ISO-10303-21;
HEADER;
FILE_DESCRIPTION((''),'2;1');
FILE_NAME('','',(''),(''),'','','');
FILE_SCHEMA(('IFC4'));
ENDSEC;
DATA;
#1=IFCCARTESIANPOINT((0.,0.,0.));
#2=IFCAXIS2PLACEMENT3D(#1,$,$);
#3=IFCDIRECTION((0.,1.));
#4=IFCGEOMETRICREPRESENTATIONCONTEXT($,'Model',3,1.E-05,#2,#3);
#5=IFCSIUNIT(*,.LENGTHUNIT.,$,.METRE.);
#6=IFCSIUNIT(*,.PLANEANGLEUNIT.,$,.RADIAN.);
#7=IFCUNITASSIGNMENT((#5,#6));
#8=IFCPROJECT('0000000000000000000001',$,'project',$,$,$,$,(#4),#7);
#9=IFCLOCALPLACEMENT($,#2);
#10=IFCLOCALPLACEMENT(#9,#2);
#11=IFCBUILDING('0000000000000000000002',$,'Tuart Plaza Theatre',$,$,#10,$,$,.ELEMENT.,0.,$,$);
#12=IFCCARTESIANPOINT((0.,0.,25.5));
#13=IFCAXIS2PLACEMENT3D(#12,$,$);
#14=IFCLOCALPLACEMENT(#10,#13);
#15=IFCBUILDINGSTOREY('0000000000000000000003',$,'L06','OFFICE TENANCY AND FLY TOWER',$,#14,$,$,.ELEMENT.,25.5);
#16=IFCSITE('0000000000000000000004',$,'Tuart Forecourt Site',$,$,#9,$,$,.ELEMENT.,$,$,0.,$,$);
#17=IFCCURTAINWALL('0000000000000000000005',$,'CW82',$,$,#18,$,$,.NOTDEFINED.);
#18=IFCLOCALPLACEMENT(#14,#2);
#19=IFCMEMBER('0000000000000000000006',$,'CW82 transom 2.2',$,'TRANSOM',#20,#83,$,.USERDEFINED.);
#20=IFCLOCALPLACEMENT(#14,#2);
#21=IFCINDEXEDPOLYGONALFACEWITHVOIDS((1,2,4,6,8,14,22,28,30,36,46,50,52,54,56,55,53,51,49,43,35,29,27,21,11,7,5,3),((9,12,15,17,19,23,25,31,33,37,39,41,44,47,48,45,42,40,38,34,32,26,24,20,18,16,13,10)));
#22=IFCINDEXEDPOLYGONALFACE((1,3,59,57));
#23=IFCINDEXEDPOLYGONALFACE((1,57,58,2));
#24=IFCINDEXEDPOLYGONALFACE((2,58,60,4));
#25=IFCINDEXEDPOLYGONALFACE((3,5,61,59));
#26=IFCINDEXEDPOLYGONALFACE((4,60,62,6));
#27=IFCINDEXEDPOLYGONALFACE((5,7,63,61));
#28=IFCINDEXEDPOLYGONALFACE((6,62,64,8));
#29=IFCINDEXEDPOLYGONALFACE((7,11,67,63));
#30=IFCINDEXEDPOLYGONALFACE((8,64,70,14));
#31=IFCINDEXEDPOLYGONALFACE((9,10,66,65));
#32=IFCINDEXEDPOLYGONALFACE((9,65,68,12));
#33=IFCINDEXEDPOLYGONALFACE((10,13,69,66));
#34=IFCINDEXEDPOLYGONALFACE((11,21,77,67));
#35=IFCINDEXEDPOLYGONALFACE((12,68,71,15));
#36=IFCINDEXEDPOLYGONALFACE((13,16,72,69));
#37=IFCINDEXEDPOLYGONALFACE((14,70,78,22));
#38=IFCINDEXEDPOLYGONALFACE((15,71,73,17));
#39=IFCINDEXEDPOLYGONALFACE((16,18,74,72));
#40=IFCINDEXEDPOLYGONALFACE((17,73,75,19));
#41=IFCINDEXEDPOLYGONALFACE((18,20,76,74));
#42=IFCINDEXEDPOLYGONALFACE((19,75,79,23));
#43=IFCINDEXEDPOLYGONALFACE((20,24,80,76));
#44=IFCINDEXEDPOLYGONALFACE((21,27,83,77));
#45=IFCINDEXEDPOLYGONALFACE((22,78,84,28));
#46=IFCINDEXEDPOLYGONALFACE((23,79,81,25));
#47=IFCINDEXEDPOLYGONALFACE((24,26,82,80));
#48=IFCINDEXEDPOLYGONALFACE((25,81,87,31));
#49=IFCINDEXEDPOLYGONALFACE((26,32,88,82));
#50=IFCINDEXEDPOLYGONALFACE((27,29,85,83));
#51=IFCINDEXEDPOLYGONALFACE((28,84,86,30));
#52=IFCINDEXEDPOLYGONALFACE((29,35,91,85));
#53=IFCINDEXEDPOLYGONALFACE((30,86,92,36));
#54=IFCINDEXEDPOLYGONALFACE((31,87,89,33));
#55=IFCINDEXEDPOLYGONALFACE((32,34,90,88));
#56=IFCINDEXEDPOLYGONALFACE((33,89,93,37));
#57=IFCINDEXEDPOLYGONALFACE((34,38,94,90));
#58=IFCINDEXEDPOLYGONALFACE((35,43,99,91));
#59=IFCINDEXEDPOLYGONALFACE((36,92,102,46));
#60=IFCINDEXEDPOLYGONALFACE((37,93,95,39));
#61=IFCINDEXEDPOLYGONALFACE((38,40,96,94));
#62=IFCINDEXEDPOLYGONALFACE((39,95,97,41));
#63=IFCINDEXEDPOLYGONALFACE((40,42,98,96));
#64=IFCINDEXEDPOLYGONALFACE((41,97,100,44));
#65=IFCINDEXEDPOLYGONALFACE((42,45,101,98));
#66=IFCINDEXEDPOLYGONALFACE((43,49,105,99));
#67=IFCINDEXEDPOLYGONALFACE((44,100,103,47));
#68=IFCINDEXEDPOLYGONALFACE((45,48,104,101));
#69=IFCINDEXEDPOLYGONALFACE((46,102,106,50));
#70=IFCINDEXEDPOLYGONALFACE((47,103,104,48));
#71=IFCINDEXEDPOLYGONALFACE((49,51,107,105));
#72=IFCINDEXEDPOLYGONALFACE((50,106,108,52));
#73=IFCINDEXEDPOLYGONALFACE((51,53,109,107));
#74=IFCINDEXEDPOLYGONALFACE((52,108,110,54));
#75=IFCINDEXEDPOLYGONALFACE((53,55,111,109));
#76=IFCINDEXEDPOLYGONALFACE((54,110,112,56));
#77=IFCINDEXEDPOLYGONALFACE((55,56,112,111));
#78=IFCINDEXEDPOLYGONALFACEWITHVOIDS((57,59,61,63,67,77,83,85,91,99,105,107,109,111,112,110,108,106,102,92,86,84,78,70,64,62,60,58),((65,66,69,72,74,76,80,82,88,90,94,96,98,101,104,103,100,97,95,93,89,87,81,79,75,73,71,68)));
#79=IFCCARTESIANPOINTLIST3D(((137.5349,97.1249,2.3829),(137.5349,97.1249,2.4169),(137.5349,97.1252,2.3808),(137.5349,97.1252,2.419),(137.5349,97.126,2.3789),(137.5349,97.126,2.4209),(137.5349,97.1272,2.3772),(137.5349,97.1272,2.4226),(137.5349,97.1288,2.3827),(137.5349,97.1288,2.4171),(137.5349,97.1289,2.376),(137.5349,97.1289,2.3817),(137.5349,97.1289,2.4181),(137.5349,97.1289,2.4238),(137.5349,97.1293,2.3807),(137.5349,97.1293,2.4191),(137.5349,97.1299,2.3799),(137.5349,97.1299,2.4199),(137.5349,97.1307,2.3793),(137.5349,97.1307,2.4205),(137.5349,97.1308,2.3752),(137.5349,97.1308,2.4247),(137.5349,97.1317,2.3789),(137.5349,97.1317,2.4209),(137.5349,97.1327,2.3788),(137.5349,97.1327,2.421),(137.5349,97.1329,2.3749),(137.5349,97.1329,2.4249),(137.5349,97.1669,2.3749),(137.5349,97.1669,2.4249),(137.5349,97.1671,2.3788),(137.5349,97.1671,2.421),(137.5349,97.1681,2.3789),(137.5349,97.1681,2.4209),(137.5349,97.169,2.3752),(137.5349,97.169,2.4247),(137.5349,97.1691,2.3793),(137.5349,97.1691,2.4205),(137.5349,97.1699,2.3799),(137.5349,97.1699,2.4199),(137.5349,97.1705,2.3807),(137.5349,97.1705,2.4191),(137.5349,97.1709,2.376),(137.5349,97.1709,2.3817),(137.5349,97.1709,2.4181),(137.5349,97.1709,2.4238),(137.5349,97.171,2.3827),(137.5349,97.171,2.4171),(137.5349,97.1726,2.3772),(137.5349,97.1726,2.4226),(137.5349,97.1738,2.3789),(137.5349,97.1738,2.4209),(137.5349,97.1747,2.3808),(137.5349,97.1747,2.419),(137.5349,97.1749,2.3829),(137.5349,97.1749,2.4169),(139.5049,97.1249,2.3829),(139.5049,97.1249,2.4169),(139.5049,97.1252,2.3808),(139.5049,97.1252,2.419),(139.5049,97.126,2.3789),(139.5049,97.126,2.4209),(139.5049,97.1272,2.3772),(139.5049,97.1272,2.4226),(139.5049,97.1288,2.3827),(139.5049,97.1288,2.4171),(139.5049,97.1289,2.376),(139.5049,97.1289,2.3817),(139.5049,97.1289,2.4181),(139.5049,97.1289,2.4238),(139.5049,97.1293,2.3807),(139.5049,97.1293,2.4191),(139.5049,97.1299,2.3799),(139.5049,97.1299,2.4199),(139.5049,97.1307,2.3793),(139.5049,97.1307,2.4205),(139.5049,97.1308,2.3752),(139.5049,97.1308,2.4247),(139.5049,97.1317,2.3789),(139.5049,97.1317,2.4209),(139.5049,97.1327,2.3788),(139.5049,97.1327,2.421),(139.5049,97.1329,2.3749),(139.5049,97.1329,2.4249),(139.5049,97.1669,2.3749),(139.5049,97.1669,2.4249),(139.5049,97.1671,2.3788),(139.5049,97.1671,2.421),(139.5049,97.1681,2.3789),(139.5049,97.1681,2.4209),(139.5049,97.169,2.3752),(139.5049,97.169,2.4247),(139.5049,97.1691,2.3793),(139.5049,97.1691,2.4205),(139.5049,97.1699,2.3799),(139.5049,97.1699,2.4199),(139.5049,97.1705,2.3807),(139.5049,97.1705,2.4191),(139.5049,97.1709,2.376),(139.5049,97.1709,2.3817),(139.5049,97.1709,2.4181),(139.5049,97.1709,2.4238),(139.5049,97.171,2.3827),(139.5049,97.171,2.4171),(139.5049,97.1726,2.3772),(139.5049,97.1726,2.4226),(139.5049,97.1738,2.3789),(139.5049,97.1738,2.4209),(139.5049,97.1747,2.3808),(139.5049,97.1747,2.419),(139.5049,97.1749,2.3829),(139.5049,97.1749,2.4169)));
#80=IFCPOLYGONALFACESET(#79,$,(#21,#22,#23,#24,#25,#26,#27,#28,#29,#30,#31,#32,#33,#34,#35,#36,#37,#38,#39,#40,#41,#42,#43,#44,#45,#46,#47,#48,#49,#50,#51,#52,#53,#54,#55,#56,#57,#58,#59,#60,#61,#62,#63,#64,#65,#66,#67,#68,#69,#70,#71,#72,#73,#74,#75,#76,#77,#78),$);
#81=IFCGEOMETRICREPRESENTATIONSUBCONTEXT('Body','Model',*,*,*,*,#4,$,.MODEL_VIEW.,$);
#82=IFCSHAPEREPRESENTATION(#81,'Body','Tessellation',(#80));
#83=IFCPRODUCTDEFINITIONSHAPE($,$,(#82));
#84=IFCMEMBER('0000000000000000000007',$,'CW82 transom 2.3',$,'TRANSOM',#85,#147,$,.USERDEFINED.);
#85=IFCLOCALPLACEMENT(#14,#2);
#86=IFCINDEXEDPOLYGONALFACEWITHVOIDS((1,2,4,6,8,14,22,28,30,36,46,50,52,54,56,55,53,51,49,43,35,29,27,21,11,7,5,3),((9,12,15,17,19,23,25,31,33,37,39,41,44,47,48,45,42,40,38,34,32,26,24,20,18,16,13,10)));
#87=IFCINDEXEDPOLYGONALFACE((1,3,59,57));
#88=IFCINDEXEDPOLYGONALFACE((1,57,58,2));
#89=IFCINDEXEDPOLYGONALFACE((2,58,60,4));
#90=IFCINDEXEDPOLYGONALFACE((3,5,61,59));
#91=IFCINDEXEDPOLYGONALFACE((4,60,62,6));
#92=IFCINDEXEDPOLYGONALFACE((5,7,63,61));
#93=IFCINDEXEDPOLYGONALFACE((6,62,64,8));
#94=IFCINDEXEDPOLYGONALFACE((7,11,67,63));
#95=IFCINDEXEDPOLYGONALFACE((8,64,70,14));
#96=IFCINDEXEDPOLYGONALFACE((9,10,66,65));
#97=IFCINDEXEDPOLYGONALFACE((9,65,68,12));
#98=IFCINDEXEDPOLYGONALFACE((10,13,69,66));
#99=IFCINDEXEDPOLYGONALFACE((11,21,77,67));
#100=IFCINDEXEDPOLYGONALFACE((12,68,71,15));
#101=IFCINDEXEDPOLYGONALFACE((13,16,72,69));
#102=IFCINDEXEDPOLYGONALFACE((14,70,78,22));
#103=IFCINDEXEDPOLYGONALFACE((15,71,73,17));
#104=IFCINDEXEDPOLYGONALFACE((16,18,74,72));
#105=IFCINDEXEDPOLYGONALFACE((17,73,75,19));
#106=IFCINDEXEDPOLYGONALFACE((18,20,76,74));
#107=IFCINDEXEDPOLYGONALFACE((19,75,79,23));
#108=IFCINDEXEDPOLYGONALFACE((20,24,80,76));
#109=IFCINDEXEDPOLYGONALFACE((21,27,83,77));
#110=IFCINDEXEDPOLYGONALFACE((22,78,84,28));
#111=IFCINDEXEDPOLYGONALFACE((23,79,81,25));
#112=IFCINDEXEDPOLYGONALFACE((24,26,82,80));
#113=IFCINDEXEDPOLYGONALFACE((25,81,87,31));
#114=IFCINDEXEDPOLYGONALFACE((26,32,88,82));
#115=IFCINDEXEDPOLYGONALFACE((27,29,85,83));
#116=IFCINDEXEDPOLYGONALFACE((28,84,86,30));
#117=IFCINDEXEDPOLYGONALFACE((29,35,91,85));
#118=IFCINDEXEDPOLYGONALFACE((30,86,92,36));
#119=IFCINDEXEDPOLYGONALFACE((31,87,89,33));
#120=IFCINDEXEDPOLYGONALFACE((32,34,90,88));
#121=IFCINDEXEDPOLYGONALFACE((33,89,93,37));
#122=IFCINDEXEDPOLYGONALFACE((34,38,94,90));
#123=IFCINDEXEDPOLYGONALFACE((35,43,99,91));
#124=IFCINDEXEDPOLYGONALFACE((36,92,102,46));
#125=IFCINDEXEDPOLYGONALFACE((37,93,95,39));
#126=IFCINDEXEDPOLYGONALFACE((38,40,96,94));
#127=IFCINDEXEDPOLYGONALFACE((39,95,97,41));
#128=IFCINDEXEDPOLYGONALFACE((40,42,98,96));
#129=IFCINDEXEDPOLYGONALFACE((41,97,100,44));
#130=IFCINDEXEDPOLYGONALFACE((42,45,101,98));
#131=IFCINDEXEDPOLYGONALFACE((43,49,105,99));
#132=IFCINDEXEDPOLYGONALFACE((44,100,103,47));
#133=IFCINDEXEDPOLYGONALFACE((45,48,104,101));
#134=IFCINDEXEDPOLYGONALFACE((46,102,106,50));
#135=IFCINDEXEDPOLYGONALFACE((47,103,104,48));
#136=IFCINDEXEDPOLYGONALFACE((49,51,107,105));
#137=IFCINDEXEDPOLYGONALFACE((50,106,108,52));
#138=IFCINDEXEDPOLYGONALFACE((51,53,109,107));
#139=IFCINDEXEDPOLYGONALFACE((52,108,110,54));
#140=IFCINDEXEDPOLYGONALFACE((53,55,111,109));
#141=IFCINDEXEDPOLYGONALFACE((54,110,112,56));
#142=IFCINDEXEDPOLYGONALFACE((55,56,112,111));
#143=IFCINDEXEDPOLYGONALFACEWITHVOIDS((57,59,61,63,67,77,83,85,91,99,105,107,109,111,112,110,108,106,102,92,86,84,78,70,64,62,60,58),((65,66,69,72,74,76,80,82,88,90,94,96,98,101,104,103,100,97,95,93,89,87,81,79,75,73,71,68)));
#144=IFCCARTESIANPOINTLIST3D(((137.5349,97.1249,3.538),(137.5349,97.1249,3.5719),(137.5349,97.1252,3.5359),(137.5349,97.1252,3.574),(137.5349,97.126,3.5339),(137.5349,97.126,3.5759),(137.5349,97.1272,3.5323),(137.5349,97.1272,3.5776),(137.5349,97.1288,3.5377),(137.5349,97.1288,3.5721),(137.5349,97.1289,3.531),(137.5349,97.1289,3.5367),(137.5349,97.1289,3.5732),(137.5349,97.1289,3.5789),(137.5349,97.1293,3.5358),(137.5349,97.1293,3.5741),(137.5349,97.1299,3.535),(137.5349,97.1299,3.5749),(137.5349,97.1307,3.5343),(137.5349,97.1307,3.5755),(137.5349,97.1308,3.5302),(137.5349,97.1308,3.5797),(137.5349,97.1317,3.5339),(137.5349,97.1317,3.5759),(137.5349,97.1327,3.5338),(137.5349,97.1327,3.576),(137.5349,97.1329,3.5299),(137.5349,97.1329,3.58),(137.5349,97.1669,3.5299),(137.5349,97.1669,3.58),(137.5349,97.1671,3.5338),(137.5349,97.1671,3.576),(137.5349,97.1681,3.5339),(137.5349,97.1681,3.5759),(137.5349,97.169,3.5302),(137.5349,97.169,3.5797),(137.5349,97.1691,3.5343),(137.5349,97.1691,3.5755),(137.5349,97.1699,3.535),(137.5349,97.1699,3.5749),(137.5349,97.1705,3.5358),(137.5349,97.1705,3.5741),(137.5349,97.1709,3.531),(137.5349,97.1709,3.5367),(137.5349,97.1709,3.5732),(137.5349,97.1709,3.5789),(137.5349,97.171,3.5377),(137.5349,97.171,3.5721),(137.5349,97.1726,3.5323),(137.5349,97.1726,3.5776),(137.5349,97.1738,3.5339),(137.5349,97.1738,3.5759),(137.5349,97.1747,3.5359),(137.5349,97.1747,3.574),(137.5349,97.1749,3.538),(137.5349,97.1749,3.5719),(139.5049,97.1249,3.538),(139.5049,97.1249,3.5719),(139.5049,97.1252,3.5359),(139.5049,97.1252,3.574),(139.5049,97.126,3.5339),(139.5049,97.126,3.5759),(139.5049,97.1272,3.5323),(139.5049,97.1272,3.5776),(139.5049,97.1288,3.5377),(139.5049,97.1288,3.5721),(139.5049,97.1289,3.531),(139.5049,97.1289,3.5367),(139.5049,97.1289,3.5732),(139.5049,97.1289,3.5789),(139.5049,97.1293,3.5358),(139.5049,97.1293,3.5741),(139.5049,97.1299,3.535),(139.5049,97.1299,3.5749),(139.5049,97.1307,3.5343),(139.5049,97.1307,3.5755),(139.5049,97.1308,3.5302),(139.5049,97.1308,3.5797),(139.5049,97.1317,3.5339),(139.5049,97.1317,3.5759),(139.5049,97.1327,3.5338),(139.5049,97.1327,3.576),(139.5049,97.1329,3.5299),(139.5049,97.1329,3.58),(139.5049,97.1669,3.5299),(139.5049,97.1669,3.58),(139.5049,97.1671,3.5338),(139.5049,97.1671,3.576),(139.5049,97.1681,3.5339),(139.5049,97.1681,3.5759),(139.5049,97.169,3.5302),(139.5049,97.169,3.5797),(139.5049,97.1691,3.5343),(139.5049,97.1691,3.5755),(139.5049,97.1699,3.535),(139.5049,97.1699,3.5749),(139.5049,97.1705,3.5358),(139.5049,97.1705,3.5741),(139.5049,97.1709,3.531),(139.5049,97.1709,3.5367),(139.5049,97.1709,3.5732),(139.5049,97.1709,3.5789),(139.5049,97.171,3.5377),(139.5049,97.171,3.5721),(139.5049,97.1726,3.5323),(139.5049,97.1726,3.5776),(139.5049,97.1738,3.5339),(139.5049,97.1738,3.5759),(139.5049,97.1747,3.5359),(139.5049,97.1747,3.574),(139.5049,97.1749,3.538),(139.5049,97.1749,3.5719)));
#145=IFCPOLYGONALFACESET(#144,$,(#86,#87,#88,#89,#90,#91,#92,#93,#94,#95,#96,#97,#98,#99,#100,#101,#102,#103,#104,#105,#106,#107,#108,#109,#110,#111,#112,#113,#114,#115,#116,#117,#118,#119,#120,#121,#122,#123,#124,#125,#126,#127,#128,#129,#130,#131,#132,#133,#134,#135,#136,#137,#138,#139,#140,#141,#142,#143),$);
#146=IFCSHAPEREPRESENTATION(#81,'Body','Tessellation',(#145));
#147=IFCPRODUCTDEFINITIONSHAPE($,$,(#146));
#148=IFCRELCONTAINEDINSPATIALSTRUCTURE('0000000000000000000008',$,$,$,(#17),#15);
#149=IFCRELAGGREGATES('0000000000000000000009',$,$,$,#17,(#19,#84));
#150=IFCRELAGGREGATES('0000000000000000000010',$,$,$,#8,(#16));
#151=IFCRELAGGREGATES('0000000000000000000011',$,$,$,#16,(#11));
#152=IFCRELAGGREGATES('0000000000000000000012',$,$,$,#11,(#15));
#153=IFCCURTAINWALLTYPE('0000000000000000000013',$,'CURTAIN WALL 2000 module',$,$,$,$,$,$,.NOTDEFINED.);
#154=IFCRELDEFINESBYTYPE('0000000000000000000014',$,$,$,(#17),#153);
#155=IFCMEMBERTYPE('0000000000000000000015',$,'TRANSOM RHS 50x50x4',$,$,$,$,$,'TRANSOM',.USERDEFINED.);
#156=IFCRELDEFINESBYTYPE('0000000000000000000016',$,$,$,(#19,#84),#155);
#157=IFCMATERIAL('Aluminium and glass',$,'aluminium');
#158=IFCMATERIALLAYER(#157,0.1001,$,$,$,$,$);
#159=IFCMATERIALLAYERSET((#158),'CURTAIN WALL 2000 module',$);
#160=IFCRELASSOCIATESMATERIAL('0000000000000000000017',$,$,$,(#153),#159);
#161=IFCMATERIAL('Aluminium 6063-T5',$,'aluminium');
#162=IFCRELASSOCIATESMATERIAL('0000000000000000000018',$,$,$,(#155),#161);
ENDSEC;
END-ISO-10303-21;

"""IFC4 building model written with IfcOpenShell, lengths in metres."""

from ifc_helpers import new_model, si_unit, direction, frame, origin, origin_2d, place, context, subcontext, project, spatial, hollow_rectangle, extrude, material, layer, layer_set, material_profile, profile_set, type_object, element, aggregate, save


model = new_model("IFC4")

# Units and contexts
model_context = context("Model", 3, precision=1e-05, world=origin(), true_north=direction((0.0, 1.0)))
body_context = subcontext(model_context, "Body", "Model", "MODEL_VIEW")
ifc_project = project(units=[si_unit("LENGTHUNIT", "METRE"), si_unit("PLANEANGLEUNIT", "RADIAN")], contexts=[model_context])

# Site, building, storey
site_placement = place(None, origin())
site = spatial("IfcSite", under=ifc_project, at=site_placement, Name="Tuart Forecourt Site", CompositionType="ELEMENT", RefElevation=0.0)
building_placement = place(site_placement, origin())
building = spatial("IfcBuilding", under=site, at=building_placement, Name="Tuart Plaza Theatre", CompositionType="ELEMENT", ElevationOfRefHeight=0.0)
storey_placement = place(building_placement, frame((0.0, 0.0, 25.5)))
storey = spatial("IfcBuildingStorey", under=building, at=storey_placement, Name="L06", Description="OFFICE TENANCY AND FLY TOWER", CompositionType="ELEMENT", Elevation=25.5)

# Curtain wall, members
ifc_material_1 = material(Name="Aluminium and glass", Category="aluminium")
ifc_layer_1 = layer(ifc_material_1, 0.1001)
ifc_layer_set_1 = layer_set([ifc_layer_1], Name="CURTAIN WALL 2000 module")
curtain_wall_type = type_object("IfcCurtainWallType", Name="CURTAIN WALL 2000 module", PredefinedType="NOTDEFINED", material=ifc_layer_set_1)
curtain_wall_placement = place(storey_placement, origin())
curtain_wall = element("IfcCurtainWall", 1, at=curtain_wall_placement, inside=storey, type_object=curtain_wall_type, Name="CW82", PredefinedType="NOTDEFINED")
ifc_material_2 = material(Name="Aluminium 6063-T5", Category="aluminium")
ifc_material_profile_1 = material_profile(ifc_material_2, hollow_rectangle(XDim=0.05, YDim=0.05, WallThickness=0.0039, InnerFilletRadius=0.0039, OuterFilletRadius=0.0081, at=origin_2d()), Name="RHS 50x50x4")
ifc_profile_set_1 = profile_set([ifc_material_profile_1], Name="Aluminium 6063-T5")
member_type_1 = type_object("IfcMemberType", Name="TRANSOM RHS 50x50x4", ElementType="TRANSOM", PredefinedType="USERDEFINED", material=ifc_profile_set_1)
member_1_placement = place(storey_placement, frame((139.5049, 97.1499, 2.3999), z_axis=(-1.0, 0.0, 0.0), x_axis=(0.0, -1.0, 0.0)))
member_1 = element("IfcMember", 2, at=member_1_placement, type_object=member_type_1, Name="CW82 transom 2.2", ObjectType="TRANSOM", PredefinedType="USERDEFINED", context=body_context, shape_type="SweptSolid", body=[
    extrude(hollow_rectangle(XDim=0.05, YDim=0.05, WallThickness=0.0039, InnerFilletRadius=0.0039, OuterFilletRadius=0.0081, at=origin_2d()), origin(), (0.0, 0.0, 1.0), 1.97),
])
member_2_placement = place(storey_placement, frame((139.5049, 97.1499, 3.5549), z_axis=(-1.0, 0.0, 0.0), x_axis=(0.0, -1.0, 0.0)))
member_2 = element("IfcMember", 3, at=member_2_placement, type_object=member_type_1, Name="CW82 transom 2.3", ObjectType="TRANSOM", PredefinedType="USERDEFINED", context=body_context, shape_type="SweptSolid", body=[
    extrude(hollow_rectangle(XDim=0.05, YDim=0.05, WallThickness=0.0039, InnerFilletRadius=0.0039, OuterFilletRadius=0.0081, at=origin_2d()), origin(), (0.0, 0.0, 1.0), 1.97),
])
aggregate(curtain_wall, [member_1, member_2])

save(model, "model.ifc")
